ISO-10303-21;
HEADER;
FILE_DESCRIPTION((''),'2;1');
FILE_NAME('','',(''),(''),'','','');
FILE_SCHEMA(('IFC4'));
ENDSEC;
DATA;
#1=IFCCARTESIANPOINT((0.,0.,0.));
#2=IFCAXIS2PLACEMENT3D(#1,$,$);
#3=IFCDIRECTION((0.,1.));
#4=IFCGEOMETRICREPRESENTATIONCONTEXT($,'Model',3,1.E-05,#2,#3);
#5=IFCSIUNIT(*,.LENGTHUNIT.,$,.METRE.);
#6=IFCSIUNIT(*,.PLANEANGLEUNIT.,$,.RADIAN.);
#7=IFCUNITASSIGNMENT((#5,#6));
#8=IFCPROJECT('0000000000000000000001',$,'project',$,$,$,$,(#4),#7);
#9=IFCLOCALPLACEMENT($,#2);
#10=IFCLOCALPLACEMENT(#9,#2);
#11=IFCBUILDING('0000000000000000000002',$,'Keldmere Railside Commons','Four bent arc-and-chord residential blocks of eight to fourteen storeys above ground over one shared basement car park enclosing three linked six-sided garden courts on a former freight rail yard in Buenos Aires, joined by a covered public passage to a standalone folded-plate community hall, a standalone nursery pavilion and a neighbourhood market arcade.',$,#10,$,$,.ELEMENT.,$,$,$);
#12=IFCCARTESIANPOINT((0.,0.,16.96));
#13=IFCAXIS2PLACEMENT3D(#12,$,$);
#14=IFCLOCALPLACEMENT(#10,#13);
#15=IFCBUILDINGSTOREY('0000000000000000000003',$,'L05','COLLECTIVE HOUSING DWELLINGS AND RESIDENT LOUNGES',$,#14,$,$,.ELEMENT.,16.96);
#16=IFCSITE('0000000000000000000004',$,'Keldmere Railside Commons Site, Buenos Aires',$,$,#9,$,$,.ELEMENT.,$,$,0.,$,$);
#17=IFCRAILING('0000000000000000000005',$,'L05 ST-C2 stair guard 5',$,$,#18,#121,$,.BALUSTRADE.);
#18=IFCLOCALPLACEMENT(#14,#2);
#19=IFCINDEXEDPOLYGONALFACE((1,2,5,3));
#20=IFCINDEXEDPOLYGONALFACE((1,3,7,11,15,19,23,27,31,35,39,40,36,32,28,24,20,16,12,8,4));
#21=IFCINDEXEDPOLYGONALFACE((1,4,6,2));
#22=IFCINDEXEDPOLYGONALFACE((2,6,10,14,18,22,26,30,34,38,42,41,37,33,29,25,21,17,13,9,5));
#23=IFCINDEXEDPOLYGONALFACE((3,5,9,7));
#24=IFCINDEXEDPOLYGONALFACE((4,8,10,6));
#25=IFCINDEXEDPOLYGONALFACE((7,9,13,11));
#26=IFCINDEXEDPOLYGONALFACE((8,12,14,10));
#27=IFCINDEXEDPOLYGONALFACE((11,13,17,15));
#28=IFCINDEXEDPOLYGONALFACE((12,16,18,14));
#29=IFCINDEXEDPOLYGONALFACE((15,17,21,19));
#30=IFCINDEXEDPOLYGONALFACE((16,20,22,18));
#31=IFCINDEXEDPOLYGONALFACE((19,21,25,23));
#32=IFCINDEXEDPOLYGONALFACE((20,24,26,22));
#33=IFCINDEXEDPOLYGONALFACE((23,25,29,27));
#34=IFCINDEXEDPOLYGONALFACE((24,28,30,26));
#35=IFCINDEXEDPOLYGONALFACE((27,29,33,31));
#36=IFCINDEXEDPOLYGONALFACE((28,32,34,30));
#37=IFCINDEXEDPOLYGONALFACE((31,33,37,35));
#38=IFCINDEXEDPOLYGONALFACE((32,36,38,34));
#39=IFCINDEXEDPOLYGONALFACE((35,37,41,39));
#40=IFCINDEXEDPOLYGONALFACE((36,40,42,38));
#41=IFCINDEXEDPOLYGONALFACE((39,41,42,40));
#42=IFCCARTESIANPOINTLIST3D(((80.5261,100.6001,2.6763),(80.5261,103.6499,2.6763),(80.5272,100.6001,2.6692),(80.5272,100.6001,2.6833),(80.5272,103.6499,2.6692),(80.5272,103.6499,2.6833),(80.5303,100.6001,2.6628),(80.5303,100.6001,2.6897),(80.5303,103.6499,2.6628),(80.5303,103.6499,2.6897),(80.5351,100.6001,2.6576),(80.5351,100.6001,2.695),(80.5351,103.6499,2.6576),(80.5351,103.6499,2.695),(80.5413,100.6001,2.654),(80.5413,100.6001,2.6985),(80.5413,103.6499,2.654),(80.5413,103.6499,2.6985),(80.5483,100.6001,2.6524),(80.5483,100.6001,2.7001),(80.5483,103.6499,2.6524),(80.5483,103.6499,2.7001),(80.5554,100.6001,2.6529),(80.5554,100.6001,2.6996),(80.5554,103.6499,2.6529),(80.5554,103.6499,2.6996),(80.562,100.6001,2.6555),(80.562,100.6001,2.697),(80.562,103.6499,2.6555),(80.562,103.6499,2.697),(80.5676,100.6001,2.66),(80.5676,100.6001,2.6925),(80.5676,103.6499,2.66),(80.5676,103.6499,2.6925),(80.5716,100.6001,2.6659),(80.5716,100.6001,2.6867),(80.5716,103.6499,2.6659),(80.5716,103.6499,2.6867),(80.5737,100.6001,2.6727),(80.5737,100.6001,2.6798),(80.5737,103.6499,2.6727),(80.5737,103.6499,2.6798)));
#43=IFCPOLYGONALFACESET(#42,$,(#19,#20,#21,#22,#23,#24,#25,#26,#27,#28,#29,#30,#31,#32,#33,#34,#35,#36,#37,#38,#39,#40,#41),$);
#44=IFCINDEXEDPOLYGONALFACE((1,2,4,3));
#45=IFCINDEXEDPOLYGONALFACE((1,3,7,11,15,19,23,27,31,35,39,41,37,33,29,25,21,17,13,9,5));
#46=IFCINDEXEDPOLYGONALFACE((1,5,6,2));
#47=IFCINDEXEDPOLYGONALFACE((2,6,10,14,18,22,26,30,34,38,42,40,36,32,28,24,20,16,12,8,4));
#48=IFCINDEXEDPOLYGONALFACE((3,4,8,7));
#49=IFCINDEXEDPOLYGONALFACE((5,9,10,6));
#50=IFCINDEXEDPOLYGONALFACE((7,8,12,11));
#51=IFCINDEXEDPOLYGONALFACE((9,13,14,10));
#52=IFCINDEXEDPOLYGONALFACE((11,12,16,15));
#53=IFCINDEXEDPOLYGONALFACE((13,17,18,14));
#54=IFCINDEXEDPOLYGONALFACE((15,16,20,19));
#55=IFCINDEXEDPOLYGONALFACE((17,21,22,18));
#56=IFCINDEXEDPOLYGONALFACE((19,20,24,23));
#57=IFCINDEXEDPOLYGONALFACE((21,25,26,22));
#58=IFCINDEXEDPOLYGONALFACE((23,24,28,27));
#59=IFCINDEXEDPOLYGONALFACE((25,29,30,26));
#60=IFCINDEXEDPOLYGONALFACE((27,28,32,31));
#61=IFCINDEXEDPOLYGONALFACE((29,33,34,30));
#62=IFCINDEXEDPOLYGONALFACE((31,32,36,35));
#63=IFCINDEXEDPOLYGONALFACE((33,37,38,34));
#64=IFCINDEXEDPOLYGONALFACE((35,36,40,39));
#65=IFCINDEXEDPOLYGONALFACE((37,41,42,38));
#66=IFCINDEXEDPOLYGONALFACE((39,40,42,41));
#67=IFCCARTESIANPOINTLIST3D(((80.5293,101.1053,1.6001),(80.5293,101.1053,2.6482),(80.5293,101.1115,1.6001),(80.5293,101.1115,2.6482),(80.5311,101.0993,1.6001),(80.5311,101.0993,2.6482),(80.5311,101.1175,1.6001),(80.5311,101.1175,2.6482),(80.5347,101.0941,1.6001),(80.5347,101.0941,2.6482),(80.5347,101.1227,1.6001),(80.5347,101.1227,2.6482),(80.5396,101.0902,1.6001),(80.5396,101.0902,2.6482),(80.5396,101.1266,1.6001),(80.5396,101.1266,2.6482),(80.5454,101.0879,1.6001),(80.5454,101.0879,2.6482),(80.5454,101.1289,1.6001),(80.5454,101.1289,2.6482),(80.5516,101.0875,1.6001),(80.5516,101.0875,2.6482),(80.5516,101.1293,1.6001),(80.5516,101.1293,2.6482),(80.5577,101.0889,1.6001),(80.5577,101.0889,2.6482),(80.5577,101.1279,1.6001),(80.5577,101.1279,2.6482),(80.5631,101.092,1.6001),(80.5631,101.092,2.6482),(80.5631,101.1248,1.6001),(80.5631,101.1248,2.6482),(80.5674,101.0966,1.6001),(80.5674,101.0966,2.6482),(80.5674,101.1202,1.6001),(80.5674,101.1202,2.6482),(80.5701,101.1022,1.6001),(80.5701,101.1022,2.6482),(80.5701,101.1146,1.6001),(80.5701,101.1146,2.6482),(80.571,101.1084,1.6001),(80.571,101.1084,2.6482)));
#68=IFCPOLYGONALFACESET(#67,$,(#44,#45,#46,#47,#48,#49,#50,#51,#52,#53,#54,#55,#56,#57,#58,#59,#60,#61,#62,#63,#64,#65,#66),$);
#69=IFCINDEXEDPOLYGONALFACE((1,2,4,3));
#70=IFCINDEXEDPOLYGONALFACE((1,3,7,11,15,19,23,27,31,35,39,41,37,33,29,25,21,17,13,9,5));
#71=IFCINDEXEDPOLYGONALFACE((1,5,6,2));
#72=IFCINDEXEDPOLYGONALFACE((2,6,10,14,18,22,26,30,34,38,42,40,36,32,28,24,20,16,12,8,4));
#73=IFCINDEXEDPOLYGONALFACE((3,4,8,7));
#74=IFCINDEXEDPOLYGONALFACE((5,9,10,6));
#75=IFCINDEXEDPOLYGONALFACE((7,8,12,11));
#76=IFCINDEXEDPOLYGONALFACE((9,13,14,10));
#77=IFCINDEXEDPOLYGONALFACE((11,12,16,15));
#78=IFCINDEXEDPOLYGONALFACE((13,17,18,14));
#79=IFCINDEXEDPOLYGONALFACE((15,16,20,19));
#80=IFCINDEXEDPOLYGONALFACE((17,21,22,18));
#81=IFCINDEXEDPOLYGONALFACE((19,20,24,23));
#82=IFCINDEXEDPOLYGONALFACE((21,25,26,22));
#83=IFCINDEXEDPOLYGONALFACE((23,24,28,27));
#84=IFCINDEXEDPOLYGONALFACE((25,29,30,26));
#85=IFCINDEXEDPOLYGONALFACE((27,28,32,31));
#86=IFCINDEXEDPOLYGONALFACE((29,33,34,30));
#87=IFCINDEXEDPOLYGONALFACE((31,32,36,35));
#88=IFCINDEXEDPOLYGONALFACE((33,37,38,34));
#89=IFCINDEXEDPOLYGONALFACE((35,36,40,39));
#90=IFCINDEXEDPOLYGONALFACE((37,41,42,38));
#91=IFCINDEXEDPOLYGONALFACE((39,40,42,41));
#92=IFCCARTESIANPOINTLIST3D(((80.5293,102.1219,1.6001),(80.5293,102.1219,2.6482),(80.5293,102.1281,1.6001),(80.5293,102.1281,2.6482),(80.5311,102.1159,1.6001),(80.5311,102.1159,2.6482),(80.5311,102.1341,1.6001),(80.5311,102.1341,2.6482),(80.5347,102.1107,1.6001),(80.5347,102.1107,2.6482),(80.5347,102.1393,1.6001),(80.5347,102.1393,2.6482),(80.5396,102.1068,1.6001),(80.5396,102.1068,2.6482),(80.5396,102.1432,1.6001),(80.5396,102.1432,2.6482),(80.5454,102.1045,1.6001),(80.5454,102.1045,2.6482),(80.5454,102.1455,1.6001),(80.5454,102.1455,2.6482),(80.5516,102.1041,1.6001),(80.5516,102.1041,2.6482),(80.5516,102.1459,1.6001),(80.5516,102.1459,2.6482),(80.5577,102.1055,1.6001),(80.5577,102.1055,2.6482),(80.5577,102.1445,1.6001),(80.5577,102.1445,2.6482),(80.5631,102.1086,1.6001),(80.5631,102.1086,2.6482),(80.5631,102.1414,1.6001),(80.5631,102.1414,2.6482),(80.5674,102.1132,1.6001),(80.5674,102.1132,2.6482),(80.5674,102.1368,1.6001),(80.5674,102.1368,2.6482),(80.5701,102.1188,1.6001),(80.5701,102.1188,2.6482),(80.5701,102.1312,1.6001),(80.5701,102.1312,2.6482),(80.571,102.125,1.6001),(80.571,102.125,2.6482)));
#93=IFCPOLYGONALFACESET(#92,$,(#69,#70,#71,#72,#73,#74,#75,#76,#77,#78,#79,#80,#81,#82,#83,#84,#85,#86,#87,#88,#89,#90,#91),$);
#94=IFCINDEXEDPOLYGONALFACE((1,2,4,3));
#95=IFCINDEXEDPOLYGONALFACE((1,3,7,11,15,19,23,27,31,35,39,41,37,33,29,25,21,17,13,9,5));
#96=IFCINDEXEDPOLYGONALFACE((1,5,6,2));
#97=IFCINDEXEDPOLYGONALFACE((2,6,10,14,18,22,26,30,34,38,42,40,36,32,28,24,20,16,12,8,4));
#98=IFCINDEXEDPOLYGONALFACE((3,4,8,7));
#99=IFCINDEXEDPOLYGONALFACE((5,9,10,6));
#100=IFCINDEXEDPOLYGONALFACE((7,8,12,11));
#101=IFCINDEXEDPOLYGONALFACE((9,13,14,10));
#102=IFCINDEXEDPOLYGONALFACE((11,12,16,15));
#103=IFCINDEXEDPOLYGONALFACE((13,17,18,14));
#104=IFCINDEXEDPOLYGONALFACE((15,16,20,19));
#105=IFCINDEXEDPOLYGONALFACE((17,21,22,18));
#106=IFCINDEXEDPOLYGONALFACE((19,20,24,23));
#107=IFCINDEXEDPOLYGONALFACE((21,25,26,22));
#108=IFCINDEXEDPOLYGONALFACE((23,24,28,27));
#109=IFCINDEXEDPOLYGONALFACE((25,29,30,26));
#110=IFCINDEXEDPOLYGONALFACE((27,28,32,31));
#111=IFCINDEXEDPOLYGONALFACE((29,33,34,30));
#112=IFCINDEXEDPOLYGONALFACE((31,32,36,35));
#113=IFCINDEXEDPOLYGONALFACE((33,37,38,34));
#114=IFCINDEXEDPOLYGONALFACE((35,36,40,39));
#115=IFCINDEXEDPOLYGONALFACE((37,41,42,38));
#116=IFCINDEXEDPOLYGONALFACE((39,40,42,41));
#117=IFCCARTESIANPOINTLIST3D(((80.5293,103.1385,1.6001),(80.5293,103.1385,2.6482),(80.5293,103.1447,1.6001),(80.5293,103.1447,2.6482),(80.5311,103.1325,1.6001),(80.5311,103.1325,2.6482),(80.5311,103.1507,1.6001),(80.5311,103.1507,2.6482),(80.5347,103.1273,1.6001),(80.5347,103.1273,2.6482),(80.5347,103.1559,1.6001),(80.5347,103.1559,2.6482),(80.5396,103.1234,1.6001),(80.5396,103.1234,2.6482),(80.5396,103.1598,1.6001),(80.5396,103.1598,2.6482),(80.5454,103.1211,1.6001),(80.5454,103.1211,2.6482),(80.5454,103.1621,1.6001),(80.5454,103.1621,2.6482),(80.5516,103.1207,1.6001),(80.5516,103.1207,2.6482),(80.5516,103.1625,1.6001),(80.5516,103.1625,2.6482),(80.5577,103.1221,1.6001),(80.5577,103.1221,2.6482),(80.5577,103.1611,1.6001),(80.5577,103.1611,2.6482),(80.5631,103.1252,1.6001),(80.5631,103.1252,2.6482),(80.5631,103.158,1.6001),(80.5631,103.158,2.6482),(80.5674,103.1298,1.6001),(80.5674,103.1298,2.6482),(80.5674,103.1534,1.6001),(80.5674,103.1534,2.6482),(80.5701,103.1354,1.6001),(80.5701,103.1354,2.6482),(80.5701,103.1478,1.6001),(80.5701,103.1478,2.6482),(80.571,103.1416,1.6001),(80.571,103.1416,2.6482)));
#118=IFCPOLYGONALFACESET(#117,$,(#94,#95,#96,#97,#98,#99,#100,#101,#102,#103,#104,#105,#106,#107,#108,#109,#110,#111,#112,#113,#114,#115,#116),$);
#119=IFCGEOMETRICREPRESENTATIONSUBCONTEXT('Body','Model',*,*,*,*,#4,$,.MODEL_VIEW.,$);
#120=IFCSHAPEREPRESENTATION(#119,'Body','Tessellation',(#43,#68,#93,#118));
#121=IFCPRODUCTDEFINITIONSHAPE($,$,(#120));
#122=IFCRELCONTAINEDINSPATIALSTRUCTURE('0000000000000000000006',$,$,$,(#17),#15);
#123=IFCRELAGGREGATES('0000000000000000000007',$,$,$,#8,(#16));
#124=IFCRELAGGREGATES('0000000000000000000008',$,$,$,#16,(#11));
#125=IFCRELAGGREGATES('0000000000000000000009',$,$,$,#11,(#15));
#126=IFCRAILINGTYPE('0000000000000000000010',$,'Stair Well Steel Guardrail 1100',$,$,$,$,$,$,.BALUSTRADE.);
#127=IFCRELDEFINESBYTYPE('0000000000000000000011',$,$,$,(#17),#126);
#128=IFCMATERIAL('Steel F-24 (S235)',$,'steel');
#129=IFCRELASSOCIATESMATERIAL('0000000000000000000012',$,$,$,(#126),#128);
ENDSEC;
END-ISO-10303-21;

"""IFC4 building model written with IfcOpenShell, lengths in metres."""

from ifc_helpers import new_model, si_unit, direction, frame, origin, origin_2d, place, context, subcontext, project, spatial, circle, extrude, material, type_object, element, save


model = new_model("IFC4")

# Units and contexts
model_context = context("Model", 3, precision=1e-05, world=origin(), true_north=direction((0.0, 1.0)))
body_context = subcontext(model_context, "Body", "Model", "MODEL_VIEW")
ifc_project = project(units=[si_unit("LENGTHUNIT", "METRE"), si_unit("PLANEANGLEUNIT", "RADIAN")], contexts=[model_context])

# Site, building, storey
site_placement = place(None, origin())
site = spatial("IfcSite", under=ifc_project, at=site_placement, Name="Keldmere Railside Commons Site, Buenos Aires", CompositionType="ELEMENT", RefElevation=0.0)
building_placement = place(site_placement, origin())
building = spatial("IfcBuilding", under=site, at=building_placement, Name="Keldmere Railside Commons", Description="Four bent arc-and-chord residential blocks of eight to fourteen storeys above ground over one shared basement car park enclosing three linked six-sided garden courts on a former freight rail yard in Buenos Aires, joined by a covered public passage to a standalone folded-plate community hall, a standalone nursery pavilion and a neighbourhood market arcade.", CompositionType="ELEMENT")
storey_placement = place(building_placement, frame((0.0, 0.0, 16.96)))
storey = spatial("IfcBuildingStorey", under=building, at=storey_placement, Name="L05", Description="COLLECTIVE HOUSING DWELLINGS AND RESIDENT LOUNGES", CompositionType="ELEMENT", Elevation=16.96)

# Railing
ifc_material_1 = material(Name="Steel F-24 (S235)", Category="steel")
railing_type_1 = type_object("IfcRailingType", Name="Stair Well Steel Guardrail 1100", PredefinedType="BALUSTRADE", material=ifc_material_1)
railing_1_placement = place(storey_placement, frame((80.55, 100.6001, 1.6001)))
element("IfcRailing", 1, at=railing_1_placement, inside=storey, type_object=railing_type_1, Name="L05 ST-C2 stair guard 5", PredefinedType="BALUSTRADE", context=body_context, shape_type="SweptSolid", body=[
    extrude(circle(Radius=0.0239, at=origin_2d()), frame((0.0, 0.0, 1.0762), z_axis=(0.0, 1.0, 0.0), x_axis=(-1.0, 0.0, 0.0)), (0.0, 0.0, 1.0), 3.0498),
    extrude(circle(Radius=0.021, at=origin_2d()), frame((0.0, 0.5083, 0.0)), (0.0, 0.0, 1.0), 1.0481),
    extrude(circle(Radius=0.021, at=origin_2d()), frame((0.0, 1.5249, 0.0)), (0.0, 0.0, 1.0), 1.0481),
    extrude(circle(Radius=0.021, at=origin_2d()), frame((0.0, 2.5415, 0.0)), (0.0, 0.0, 1.0), 1.0481),
])

save(model, "model.ifc")
